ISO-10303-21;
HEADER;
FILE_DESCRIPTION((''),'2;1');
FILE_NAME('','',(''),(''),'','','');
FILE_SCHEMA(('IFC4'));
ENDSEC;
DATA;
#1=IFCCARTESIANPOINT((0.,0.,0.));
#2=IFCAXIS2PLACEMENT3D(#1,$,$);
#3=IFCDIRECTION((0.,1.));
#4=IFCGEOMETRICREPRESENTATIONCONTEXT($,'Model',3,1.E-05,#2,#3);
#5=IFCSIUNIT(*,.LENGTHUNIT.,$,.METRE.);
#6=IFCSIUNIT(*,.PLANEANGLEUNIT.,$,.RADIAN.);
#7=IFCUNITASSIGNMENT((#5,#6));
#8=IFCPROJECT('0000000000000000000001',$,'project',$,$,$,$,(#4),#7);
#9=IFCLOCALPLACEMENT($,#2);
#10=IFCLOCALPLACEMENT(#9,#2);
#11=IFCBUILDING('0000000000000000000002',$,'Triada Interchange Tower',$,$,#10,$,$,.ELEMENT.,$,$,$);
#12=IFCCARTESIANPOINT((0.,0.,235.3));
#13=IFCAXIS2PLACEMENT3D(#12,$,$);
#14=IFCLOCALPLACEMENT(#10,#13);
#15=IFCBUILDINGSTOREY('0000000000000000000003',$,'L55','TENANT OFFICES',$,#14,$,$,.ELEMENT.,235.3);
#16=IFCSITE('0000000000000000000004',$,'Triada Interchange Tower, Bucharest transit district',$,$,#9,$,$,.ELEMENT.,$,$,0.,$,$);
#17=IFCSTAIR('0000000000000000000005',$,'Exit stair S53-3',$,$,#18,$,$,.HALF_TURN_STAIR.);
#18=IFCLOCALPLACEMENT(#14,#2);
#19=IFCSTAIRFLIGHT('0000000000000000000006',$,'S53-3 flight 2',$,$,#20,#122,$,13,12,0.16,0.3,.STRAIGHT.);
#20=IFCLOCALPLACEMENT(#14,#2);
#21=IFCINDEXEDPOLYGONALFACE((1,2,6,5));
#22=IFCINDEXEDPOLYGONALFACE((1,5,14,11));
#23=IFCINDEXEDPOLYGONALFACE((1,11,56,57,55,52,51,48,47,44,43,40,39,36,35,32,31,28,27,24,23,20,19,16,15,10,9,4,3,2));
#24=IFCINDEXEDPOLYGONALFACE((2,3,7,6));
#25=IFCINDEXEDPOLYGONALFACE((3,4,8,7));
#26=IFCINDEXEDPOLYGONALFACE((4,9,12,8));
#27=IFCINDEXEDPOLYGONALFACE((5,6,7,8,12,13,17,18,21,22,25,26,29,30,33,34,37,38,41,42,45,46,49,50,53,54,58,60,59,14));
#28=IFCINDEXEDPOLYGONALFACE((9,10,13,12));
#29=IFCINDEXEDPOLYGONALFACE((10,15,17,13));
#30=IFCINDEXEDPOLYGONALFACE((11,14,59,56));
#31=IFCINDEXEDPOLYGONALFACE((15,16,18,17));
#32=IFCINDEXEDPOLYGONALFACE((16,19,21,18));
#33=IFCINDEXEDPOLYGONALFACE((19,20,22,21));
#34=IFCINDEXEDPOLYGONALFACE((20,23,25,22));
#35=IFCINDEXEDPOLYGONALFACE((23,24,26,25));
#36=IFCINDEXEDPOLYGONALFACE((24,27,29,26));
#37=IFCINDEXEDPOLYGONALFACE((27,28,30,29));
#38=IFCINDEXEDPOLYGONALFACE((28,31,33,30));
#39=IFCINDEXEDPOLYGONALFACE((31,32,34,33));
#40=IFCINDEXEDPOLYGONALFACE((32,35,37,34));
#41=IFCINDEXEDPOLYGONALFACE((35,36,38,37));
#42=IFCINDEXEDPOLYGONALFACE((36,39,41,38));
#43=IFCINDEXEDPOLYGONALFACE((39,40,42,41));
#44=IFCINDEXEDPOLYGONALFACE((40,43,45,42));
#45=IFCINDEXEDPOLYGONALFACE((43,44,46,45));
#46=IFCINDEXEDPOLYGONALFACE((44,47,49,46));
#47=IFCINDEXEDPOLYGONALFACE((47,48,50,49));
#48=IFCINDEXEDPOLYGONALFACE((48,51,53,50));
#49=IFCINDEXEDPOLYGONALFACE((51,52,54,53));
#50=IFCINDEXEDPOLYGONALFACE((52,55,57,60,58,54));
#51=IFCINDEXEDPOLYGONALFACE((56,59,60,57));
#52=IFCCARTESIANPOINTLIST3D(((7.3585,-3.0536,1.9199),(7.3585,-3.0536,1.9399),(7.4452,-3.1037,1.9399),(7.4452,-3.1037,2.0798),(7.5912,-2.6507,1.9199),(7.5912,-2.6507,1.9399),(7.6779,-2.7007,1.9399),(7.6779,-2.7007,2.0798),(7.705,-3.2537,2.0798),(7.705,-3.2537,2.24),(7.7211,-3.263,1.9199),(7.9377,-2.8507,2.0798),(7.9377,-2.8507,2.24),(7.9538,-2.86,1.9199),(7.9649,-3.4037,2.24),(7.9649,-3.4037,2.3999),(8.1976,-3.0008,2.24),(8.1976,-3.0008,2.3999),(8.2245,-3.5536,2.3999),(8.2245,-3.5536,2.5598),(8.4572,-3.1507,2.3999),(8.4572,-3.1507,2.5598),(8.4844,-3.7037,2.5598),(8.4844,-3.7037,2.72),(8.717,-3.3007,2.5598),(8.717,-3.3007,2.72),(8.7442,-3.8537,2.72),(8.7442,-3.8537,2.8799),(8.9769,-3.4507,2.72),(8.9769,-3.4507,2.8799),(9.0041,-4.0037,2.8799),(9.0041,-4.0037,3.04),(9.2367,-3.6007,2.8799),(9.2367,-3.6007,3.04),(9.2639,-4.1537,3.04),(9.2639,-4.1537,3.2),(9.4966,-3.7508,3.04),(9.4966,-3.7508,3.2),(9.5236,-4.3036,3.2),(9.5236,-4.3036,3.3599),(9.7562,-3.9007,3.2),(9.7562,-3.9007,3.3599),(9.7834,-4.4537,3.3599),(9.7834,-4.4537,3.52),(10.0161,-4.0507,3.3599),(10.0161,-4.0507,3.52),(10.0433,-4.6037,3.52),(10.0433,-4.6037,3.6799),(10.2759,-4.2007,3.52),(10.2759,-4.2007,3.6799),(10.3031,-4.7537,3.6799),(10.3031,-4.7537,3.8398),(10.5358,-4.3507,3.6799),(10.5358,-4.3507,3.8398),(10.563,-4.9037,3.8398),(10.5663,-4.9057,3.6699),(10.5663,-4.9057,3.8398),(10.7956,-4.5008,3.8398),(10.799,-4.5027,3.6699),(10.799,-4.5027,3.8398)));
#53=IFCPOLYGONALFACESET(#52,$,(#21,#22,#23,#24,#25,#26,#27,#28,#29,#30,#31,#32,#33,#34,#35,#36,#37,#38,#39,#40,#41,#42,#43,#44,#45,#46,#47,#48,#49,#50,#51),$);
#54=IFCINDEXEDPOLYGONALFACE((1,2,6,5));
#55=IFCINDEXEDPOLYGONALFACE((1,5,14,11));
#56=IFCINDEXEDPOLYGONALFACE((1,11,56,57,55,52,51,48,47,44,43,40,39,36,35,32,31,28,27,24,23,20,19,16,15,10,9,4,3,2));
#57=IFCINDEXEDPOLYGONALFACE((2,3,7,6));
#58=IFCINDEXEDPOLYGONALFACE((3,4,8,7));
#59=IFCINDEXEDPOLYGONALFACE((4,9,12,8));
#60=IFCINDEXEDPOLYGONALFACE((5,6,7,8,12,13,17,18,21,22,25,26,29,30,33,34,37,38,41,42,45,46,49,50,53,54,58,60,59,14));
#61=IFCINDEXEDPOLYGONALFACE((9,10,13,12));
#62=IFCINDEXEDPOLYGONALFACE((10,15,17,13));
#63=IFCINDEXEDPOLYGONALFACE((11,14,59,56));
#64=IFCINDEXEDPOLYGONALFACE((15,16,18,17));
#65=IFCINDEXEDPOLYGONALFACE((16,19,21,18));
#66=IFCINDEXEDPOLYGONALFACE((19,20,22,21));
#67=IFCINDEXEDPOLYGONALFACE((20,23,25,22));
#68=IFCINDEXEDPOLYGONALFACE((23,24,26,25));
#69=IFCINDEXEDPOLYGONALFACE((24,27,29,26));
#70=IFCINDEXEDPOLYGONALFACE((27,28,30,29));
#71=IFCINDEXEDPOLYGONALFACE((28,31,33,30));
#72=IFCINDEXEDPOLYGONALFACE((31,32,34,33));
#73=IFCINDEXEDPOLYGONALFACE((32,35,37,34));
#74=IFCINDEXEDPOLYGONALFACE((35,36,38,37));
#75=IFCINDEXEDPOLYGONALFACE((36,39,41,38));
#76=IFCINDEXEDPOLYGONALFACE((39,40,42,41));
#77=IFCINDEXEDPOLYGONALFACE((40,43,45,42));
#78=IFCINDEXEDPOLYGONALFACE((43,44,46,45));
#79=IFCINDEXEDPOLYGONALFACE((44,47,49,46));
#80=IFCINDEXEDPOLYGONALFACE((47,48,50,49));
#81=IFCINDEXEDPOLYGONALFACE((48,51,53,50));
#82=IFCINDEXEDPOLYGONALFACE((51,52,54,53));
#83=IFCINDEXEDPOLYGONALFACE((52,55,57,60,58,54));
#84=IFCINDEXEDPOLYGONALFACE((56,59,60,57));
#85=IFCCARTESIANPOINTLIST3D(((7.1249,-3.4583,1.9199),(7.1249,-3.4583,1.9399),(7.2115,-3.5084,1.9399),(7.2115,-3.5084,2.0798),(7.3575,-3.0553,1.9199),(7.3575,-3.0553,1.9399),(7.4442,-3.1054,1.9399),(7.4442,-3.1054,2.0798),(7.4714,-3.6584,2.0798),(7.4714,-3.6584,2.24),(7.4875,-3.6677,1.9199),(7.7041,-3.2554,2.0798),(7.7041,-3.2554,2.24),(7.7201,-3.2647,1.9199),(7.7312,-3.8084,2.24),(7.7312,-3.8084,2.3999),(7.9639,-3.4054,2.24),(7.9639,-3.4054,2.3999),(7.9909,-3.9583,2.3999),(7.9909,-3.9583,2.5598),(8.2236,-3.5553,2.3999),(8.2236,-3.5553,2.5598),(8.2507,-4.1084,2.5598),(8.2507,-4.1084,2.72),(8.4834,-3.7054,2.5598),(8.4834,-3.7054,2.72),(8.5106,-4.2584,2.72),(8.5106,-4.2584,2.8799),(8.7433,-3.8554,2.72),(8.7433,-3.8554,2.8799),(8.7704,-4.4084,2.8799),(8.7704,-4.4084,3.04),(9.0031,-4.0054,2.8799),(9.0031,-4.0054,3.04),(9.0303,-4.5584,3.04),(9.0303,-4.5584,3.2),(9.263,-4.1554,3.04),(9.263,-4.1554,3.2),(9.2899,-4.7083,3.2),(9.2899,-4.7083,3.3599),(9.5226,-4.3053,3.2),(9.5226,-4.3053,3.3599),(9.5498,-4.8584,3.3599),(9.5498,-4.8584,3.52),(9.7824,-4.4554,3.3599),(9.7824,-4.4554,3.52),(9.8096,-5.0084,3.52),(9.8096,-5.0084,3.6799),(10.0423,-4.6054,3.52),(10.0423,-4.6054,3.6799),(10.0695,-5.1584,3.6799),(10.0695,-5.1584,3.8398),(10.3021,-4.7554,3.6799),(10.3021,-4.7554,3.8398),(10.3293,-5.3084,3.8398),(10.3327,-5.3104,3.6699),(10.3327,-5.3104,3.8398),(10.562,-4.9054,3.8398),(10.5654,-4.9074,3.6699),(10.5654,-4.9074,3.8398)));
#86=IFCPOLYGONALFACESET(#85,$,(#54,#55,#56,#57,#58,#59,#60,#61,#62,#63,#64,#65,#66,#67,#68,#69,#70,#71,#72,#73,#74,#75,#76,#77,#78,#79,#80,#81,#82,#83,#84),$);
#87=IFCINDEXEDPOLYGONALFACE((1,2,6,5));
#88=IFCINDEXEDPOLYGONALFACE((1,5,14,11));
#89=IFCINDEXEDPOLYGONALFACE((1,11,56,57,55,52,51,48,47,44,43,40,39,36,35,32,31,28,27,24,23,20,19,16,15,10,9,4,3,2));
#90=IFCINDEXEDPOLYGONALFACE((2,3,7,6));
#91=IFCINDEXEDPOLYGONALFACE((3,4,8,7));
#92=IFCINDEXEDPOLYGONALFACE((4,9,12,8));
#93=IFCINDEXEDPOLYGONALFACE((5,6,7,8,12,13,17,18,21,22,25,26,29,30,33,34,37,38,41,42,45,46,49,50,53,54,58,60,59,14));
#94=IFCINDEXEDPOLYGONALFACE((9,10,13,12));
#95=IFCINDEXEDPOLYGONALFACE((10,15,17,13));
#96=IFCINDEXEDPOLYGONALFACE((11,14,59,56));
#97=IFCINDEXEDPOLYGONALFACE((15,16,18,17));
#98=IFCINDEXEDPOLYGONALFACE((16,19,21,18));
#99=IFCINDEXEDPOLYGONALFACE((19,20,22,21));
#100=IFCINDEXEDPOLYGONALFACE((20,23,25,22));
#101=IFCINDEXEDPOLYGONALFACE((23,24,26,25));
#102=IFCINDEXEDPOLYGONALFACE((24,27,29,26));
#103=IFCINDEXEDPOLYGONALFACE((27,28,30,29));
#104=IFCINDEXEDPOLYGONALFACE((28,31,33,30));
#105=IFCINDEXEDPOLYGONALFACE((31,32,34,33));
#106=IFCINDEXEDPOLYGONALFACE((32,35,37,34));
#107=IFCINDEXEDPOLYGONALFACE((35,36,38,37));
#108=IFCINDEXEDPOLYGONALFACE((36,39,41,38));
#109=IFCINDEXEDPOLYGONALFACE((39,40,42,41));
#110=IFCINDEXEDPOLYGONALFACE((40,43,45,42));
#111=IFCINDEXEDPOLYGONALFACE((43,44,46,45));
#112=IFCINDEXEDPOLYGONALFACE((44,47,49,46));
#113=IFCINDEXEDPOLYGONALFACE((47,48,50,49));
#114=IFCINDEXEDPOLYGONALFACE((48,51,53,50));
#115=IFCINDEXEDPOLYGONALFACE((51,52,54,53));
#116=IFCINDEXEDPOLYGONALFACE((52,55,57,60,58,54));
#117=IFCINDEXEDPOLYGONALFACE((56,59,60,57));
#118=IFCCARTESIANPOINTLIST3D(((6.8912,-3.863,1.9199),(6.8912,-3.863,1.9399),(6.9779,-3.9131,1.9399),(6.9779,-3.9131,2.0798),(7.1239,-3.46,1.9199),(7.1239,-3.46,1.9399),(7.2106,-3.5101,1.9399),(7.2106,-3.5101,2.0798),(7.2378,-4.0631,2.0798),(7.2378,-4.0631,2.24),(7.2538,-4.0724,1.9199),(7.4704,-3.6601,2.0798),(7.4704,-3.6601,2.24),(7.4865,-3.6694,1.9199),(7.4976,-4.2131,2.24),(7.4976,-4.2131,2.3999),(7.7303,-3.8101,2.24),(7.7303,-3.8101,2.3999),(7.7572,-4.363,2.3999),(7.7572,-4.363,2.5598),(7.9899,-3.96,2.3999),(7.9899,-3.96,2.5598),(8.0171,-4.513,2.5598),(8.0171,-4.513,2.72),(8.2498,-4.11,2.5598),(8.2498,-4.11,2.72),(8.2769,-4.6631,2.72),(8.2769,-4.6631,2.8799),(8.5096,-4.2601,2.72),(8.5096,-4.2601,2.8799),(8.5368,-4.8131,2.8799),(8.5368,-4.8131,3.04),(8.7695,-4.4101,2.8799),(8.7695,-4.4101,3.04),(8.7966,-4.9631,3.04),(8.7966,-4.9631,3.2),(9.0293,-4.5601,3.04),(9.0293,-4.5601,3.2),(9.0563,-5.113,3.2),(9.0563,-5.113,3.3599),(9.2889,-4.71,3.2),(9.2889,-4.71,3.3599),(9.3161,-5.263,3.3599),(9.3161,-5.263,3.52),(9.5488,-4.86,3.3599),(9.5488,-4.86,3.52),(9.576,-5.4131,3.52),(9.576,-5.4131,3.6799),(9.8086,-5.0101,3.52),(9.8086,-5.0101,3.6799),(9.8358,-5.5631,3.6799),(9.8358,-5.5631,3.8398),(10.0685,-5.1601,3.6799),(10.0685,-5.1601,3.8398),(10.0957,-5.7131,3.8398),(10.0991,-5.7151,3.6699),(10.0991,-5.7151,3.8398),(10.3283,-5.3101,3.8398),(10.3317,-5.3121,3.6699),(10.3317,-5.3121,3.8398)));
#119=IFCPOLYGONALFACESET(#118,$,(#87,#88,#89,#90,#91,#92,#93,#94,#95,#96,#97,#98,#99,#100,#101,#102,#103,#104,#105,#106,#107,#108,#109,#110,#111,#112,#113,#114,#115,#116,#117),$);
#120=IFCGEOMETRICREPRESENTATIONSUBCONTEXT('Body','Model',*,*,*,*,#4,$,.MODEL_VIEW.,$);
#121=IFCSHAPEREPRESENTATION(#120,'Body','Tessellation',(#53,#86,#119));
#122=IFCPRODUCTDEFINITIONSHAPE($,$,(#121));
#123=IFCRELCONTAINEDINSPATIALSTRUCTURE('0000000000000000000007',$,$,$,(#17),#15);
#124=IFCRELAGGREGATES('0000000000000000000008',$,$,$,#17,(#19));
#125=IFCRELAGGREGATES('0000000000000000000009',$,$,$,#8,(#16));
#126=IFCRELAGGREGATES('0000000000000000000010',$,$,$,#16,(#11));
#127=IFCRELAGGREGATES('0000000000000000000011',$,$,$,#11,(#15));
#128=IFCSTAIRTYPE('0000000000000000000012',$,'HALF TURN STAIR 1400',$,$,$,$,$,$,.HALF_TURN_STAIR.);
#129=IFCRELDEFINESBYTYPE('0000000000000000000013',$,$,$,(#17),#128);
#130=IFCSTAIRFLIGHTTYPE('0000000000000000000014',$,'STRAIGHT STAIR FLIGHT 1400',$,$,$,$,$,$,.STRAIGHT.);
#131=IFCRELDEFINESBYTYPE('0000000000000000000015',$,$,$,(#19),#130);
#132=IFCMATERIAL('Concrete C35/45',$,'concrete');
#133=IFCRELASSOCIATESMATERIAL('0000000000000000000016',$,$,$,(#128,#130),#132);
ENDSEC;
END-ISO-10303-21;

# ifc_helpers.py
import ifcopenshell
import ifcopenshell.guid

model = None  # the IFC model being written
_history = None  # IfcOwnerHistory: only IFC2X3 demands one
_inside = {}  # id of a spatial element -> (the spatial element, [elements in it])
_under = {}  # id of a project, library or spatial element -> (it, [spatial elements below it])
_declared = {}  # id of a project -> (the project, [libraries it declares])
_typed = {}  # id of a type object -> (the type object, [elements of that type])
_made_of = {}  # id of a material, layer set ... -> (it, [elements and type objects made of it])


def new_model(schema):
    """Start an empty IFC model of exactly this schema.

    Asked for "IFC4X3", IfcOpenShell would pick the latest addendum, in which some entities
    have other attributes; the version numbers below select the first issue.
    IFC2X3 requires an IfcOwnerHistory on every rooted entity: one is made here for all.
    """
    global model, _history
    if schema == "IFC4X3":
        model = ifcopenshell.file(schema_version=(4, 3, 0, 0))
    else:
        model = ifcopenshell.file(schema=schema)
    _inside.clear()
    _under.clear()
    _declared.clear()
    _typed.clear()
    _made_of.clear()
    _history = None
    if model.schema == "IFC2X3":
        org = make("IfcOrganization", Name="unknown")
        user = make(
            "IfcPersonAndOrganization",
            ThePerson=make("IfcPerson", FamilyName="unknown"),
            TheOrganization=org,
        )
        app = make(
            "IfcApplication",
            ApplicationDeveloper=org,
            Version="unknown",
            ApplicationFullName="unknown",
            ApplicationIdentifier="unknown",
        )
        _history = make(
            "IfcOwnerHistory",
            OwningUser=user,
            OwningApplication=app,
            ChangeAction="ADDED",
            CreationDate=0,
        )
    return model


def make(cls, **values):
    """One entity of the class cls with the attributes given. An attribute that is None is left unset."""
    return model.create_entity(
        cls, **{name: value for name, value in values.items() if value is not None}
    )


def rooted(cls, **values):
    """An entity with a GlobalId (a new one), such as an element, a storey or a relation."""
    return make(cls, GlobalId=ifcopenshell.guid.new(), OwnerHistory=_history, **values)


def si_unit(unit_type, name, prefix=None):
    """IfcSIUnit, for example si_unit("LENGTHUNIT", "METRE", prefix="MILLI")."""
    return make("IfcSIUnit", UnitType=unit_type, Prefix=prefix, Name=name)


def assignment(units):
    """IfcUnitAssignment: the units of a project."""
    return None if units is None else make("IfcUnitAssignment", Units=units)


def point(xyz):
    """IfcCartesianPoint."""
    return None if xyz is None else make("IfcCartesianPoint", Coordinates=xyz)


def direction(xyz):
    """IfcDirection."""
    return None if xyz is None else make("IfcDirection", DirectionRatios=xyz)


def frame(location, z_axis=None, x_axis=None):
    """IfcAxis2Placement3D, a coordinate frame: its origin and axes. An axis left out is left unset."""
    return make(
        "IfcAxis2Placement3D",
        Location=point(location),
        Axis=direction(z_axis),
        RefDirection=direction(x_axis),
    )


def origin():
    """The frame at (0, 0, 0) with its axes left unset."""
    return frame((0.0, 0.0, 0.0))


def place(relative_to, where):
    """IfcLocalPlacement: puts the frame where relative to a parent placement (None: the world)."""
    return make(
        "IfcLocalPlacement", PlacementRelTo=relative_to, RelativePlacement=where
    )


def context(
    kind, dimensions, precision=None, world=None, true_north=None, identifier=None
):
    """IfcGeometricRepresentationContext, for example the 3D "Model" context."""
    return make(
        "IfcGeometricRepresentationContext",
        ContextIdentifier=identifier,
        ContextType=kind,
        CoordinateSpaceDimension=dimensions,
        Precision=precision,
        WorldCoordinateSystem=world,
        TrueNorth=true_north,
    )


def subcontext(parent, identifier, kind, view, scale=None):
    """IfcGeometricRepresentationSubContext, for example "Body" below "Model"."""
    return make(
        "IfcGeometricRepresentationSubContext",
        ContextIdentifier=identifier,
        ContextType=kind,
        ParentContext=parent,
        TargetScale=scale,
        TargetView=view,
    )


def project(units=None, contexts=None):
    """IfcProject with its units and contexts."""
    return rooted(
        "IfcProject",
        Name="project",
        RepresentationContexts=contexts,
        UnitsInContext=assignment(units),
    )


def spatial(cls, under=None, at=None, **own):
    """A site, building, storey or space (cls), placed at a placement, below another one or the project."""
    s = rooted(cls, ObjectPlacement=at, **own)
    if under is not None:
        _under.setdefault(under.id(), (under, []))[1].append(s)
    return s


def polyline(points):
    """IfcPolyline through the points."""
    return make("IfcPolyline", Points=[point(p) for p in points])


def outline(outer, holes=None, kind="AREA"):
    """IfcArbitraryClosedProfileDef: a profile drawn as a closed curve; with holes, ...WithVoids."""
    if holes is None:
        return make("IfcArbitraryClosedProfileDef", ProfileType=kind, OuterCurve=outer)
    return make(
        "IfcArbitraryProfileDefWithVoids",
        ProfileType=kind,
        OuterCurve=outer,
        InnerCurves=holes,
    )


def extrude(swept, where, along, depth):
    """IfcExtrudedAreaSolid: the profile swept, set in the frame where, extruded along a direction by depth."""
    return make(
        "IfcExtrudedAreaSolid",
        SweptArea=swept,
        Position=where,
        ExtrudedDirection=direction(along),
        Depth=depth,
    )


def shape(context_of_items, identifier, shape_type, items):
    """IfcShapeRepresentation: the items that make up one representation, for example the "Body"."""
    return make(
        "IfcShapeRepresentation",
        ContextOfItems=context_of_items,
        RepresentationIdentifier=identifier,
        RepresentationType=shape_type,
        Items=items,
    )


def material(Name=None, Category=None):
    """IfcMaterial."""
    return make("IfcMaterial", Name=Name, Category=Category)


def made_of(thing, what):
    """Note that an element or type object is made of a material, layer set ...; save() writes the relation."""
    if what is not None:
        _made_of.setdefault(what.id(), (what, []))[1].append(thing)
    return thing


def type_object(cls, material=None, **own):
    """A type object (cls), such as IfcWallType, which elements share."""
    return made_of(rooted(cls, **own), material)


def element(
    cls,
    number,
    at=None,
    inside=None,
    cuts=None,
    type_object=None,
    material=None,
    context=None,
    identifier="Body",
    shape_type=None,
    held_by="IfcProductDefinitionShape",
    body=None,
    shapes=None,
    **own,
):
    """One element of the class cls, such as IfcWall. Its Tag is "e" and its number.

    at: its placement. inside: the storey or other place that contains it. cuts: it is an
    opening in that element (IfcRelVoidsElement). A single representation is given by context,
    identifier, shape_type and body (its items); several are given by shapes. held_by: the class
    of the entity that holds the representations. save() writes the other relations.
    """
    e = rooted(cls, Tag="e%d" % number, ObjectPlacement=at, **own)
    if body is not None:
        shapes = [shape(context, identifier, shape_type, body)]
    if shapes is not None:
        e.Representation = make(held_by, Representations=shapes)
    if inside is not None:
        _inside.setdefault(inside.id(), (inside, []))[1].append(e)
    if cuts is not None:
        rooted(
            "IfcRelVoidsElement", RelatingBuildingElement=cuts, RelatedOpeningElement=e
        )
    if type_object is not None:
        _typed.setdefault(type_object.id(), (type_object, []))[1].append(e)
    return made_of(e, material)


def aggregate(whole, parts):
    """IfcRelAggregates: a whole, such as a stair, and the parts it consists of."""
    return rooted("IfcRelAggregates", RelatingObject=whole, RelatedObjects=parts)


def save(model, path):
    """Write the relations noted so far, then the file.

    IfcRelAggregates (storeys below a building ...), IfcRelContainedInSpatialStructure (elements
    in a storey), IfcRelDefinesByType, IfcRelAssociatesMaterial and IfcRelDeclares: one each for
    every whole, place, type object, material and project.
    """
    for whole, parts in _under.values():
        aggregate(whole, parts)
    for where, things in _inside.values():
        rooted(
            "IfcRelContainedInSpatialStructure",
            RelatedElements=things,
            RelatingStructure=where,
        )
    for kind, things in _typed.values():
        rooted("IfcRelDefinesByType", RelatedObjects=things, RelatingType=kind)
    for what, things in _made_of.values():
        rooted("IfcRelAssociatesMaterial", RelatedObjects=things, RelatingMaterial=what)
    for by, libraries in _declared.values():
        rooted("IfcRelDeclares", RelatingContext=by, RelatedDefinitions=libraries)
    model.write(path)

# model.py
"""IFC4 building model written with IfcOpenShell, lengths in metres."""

from ifc_helpers import new_model, si_unit, direction, frame, origin, place, context, subcontext, project, spatial, polyline, outline, extrude, material, type_object, element, aggregate, save


model = new_model("IFC4")

# Units and contexts
model_context = context("Model", 3, precision=1e-05, world=origin(), true_north=direction((0.0, 1.0)))
body_context = subcontext(model_context, "Body", "Model", "MODEL_VIEW")
ifc_project = project(units=[si_unit("LENGTHUNIT", "METRE"), si_unit("PLANEANGLEUNIT", "RADIAN")], contexts=[model_context])

# Site, building, storey
site_placement = place(None, origin())
site = spatial("IfcSite", under=ifc_project, at=site_placement, Name="Triada Interchange Tower, Bucharest transit district", CompositionType="ELEMENT", RefElevation=0.0)
building_placement = place(site_placement, origin())
building = spatial("IfcBuilding", under=site, at=building_placement, Name="Triada Interchange Tower", CompositionType="ELEMENT")
storey_placement = place(building_placement, frame((0.0, 0.0, 235.3)))
storey = spatial("IfcBuildingStorey", under=building, at=storey_placement, Name="L55", Description="TENANT OFFICES", CompositionType="ELEMENT", Elevation=235.3)

# Stair, stair flight
ifc_material_1 = material(Name="Concrete C35/45", Category="concrete")
stair_type = type_object("IfcStairType", Name="HALF TURN STAIR 1400", PredefinedType="HALF_TURN_STAIR", material=ifc_material_1)
stair_placement = place(storey_placement, origin())
stair = element("IfcStair", 1, at=stair_placement, inside=storey, type_object=stair_type, Name="Exit stair S53-3", PredefinedType="HALF_TURN_STAIR")
stair_flight_type = type_object("IfcStairFlightType", Name="STRAIGHT STAIR FLIGHT 1400", PredefinedType="STRAIGHT", material=ifc_material_1)
stair_flight_1_placement = place(storey_placement, frame((7.3279, -3.3069, 1.9199), z_axis=(0.0, 0.0, 1.0), x_axis=(0.866025, -0.5, 0.0)))
stair_flight_1 = element("IfcStairFlight", 2, at=stair_flight_1_placement, type_object=stair_flight_type, Name="S53-3 flight 2", NumberOfRisers=13, NumberOfTreads=12, PredefinedType="STRAIGHT", RiserHeight=0.16, TreadLength=0.3, context=body_context, shape_type="SweptSolid", body=[
    extrude(outline(polyline([(-0.1001, 0.0), (-0.1001, 0.02), (0.0, 0.02), (0.0, 0.1599), (0.3, 0.1599), (0.3, 0.3201), (0.6001, 0.3201), (0.6001, 0.48), (0.8999, 0.48), (0.8999, 0.6399), (1.2, 0.6399), (1.2, 0.8), (1.5, 0.8), (1.5, 0.96), (1.8, 0.96), (1.8, 1.1201), (2.1001, 1.1201), (2.1001, 1.28), (2.3999, 1.28), (2.3999, 1.4399), (2.7, 1.4399), (2.7, 1.6001), (3.0, 1.6001), (3.0, 1.76), (3.3, 1.76), (3.3, 1.9199), (3.6001, 1.9199), (3.604, 1.9199), (3.604, 2.0801), (3.604, 1.75), (0.3186, 0.0), (-0.1001, 0.0)])), frame((0.0, 0.7, 0.0), z_axis=(0.0, -1.0, 0.0), x_axis=(1.0, 0.0, 0.0)), (0.0, 0.0, 1.0), 0.4653),
    extrude(outline(polyline([(-0.1001, 0.0), (-0.1001, 0.02), (0.0, 0.02), (0.0, 0.1599), (0.3, 0.1599), (0.3, 0.3201), (0.6001, 0.3201), (0.6001, 0.48), (0.8999, 0.48), (0.8999, 0.6399), (1.2, 0.6399), (1.2, 0.8), (1.5, 0.8), (1.5, 0.96), (1.8, 0.96), (1.8, 1.1201), (2.1001, 1.1201), (2.1001, 1.28), (2.3999, 1.28), (2.3999, 1.4399), (2.7, 1.4399), (2.7, 1.6001), (3.0, 1.6001), (3.0, 1.76), (3.3, 1.76), (3.3, 1.9199), (3.6001, 1.9199), (3.604, 1.9199), (3.604, 2.0801), (3.604, 1.75), (0.3186, 0.0), (-0.1001, 0.0)])), frame((0.0, 0.2327, 0.0), z_axis=(0.0, -1.0, 0.0), x_axis=(1.0, 0.0, 0.0)), (0.0, 0.0, 1.0), 0.4653),
    extrude(outline(polyline([(-0.1001, 0.0), (-0.1001, 0.02), (0.0, 0.02), (0.0, 0.1599), (0.3, 0.1599), (0.3, 0.3201), (0.6001, 0.3201), (0.6001, 0.48), (0.8999, 0.48), (0.8999, 0.6399), (1.2, 0.6399), (1.2, 0.8), (1.5, 0.8), (1.5, 0.96), (1.8, 0.96), (1.8, 1.1201), (2.1001, 1.1201), (2.1001, 1.28), (2.3999, 1.28), (2.3999, 1.4399), (2.7, 1.4399), (2.7, 1.6001), (3.0, 1.6001), (3.0, 1.76), (3.3, 1.76), (3.3, 1.9199), (3.6001, 1.9199), (3.604, 1.9199), (3.604, 2.0801), (3.604, 1.75), (0.3186, 0.0), (-0.1001, 0.0)])), frame((0.0, -0.2346, 0.0), z_axis=(0.0, -1.0, 0.0), x_axis=(1.0, 0.0, 0.0)), (0.0, 0.0, 1.0), 0.4653),
])
aggregate(stair, [stair_flight_1])

save(model, "model.ifc")
